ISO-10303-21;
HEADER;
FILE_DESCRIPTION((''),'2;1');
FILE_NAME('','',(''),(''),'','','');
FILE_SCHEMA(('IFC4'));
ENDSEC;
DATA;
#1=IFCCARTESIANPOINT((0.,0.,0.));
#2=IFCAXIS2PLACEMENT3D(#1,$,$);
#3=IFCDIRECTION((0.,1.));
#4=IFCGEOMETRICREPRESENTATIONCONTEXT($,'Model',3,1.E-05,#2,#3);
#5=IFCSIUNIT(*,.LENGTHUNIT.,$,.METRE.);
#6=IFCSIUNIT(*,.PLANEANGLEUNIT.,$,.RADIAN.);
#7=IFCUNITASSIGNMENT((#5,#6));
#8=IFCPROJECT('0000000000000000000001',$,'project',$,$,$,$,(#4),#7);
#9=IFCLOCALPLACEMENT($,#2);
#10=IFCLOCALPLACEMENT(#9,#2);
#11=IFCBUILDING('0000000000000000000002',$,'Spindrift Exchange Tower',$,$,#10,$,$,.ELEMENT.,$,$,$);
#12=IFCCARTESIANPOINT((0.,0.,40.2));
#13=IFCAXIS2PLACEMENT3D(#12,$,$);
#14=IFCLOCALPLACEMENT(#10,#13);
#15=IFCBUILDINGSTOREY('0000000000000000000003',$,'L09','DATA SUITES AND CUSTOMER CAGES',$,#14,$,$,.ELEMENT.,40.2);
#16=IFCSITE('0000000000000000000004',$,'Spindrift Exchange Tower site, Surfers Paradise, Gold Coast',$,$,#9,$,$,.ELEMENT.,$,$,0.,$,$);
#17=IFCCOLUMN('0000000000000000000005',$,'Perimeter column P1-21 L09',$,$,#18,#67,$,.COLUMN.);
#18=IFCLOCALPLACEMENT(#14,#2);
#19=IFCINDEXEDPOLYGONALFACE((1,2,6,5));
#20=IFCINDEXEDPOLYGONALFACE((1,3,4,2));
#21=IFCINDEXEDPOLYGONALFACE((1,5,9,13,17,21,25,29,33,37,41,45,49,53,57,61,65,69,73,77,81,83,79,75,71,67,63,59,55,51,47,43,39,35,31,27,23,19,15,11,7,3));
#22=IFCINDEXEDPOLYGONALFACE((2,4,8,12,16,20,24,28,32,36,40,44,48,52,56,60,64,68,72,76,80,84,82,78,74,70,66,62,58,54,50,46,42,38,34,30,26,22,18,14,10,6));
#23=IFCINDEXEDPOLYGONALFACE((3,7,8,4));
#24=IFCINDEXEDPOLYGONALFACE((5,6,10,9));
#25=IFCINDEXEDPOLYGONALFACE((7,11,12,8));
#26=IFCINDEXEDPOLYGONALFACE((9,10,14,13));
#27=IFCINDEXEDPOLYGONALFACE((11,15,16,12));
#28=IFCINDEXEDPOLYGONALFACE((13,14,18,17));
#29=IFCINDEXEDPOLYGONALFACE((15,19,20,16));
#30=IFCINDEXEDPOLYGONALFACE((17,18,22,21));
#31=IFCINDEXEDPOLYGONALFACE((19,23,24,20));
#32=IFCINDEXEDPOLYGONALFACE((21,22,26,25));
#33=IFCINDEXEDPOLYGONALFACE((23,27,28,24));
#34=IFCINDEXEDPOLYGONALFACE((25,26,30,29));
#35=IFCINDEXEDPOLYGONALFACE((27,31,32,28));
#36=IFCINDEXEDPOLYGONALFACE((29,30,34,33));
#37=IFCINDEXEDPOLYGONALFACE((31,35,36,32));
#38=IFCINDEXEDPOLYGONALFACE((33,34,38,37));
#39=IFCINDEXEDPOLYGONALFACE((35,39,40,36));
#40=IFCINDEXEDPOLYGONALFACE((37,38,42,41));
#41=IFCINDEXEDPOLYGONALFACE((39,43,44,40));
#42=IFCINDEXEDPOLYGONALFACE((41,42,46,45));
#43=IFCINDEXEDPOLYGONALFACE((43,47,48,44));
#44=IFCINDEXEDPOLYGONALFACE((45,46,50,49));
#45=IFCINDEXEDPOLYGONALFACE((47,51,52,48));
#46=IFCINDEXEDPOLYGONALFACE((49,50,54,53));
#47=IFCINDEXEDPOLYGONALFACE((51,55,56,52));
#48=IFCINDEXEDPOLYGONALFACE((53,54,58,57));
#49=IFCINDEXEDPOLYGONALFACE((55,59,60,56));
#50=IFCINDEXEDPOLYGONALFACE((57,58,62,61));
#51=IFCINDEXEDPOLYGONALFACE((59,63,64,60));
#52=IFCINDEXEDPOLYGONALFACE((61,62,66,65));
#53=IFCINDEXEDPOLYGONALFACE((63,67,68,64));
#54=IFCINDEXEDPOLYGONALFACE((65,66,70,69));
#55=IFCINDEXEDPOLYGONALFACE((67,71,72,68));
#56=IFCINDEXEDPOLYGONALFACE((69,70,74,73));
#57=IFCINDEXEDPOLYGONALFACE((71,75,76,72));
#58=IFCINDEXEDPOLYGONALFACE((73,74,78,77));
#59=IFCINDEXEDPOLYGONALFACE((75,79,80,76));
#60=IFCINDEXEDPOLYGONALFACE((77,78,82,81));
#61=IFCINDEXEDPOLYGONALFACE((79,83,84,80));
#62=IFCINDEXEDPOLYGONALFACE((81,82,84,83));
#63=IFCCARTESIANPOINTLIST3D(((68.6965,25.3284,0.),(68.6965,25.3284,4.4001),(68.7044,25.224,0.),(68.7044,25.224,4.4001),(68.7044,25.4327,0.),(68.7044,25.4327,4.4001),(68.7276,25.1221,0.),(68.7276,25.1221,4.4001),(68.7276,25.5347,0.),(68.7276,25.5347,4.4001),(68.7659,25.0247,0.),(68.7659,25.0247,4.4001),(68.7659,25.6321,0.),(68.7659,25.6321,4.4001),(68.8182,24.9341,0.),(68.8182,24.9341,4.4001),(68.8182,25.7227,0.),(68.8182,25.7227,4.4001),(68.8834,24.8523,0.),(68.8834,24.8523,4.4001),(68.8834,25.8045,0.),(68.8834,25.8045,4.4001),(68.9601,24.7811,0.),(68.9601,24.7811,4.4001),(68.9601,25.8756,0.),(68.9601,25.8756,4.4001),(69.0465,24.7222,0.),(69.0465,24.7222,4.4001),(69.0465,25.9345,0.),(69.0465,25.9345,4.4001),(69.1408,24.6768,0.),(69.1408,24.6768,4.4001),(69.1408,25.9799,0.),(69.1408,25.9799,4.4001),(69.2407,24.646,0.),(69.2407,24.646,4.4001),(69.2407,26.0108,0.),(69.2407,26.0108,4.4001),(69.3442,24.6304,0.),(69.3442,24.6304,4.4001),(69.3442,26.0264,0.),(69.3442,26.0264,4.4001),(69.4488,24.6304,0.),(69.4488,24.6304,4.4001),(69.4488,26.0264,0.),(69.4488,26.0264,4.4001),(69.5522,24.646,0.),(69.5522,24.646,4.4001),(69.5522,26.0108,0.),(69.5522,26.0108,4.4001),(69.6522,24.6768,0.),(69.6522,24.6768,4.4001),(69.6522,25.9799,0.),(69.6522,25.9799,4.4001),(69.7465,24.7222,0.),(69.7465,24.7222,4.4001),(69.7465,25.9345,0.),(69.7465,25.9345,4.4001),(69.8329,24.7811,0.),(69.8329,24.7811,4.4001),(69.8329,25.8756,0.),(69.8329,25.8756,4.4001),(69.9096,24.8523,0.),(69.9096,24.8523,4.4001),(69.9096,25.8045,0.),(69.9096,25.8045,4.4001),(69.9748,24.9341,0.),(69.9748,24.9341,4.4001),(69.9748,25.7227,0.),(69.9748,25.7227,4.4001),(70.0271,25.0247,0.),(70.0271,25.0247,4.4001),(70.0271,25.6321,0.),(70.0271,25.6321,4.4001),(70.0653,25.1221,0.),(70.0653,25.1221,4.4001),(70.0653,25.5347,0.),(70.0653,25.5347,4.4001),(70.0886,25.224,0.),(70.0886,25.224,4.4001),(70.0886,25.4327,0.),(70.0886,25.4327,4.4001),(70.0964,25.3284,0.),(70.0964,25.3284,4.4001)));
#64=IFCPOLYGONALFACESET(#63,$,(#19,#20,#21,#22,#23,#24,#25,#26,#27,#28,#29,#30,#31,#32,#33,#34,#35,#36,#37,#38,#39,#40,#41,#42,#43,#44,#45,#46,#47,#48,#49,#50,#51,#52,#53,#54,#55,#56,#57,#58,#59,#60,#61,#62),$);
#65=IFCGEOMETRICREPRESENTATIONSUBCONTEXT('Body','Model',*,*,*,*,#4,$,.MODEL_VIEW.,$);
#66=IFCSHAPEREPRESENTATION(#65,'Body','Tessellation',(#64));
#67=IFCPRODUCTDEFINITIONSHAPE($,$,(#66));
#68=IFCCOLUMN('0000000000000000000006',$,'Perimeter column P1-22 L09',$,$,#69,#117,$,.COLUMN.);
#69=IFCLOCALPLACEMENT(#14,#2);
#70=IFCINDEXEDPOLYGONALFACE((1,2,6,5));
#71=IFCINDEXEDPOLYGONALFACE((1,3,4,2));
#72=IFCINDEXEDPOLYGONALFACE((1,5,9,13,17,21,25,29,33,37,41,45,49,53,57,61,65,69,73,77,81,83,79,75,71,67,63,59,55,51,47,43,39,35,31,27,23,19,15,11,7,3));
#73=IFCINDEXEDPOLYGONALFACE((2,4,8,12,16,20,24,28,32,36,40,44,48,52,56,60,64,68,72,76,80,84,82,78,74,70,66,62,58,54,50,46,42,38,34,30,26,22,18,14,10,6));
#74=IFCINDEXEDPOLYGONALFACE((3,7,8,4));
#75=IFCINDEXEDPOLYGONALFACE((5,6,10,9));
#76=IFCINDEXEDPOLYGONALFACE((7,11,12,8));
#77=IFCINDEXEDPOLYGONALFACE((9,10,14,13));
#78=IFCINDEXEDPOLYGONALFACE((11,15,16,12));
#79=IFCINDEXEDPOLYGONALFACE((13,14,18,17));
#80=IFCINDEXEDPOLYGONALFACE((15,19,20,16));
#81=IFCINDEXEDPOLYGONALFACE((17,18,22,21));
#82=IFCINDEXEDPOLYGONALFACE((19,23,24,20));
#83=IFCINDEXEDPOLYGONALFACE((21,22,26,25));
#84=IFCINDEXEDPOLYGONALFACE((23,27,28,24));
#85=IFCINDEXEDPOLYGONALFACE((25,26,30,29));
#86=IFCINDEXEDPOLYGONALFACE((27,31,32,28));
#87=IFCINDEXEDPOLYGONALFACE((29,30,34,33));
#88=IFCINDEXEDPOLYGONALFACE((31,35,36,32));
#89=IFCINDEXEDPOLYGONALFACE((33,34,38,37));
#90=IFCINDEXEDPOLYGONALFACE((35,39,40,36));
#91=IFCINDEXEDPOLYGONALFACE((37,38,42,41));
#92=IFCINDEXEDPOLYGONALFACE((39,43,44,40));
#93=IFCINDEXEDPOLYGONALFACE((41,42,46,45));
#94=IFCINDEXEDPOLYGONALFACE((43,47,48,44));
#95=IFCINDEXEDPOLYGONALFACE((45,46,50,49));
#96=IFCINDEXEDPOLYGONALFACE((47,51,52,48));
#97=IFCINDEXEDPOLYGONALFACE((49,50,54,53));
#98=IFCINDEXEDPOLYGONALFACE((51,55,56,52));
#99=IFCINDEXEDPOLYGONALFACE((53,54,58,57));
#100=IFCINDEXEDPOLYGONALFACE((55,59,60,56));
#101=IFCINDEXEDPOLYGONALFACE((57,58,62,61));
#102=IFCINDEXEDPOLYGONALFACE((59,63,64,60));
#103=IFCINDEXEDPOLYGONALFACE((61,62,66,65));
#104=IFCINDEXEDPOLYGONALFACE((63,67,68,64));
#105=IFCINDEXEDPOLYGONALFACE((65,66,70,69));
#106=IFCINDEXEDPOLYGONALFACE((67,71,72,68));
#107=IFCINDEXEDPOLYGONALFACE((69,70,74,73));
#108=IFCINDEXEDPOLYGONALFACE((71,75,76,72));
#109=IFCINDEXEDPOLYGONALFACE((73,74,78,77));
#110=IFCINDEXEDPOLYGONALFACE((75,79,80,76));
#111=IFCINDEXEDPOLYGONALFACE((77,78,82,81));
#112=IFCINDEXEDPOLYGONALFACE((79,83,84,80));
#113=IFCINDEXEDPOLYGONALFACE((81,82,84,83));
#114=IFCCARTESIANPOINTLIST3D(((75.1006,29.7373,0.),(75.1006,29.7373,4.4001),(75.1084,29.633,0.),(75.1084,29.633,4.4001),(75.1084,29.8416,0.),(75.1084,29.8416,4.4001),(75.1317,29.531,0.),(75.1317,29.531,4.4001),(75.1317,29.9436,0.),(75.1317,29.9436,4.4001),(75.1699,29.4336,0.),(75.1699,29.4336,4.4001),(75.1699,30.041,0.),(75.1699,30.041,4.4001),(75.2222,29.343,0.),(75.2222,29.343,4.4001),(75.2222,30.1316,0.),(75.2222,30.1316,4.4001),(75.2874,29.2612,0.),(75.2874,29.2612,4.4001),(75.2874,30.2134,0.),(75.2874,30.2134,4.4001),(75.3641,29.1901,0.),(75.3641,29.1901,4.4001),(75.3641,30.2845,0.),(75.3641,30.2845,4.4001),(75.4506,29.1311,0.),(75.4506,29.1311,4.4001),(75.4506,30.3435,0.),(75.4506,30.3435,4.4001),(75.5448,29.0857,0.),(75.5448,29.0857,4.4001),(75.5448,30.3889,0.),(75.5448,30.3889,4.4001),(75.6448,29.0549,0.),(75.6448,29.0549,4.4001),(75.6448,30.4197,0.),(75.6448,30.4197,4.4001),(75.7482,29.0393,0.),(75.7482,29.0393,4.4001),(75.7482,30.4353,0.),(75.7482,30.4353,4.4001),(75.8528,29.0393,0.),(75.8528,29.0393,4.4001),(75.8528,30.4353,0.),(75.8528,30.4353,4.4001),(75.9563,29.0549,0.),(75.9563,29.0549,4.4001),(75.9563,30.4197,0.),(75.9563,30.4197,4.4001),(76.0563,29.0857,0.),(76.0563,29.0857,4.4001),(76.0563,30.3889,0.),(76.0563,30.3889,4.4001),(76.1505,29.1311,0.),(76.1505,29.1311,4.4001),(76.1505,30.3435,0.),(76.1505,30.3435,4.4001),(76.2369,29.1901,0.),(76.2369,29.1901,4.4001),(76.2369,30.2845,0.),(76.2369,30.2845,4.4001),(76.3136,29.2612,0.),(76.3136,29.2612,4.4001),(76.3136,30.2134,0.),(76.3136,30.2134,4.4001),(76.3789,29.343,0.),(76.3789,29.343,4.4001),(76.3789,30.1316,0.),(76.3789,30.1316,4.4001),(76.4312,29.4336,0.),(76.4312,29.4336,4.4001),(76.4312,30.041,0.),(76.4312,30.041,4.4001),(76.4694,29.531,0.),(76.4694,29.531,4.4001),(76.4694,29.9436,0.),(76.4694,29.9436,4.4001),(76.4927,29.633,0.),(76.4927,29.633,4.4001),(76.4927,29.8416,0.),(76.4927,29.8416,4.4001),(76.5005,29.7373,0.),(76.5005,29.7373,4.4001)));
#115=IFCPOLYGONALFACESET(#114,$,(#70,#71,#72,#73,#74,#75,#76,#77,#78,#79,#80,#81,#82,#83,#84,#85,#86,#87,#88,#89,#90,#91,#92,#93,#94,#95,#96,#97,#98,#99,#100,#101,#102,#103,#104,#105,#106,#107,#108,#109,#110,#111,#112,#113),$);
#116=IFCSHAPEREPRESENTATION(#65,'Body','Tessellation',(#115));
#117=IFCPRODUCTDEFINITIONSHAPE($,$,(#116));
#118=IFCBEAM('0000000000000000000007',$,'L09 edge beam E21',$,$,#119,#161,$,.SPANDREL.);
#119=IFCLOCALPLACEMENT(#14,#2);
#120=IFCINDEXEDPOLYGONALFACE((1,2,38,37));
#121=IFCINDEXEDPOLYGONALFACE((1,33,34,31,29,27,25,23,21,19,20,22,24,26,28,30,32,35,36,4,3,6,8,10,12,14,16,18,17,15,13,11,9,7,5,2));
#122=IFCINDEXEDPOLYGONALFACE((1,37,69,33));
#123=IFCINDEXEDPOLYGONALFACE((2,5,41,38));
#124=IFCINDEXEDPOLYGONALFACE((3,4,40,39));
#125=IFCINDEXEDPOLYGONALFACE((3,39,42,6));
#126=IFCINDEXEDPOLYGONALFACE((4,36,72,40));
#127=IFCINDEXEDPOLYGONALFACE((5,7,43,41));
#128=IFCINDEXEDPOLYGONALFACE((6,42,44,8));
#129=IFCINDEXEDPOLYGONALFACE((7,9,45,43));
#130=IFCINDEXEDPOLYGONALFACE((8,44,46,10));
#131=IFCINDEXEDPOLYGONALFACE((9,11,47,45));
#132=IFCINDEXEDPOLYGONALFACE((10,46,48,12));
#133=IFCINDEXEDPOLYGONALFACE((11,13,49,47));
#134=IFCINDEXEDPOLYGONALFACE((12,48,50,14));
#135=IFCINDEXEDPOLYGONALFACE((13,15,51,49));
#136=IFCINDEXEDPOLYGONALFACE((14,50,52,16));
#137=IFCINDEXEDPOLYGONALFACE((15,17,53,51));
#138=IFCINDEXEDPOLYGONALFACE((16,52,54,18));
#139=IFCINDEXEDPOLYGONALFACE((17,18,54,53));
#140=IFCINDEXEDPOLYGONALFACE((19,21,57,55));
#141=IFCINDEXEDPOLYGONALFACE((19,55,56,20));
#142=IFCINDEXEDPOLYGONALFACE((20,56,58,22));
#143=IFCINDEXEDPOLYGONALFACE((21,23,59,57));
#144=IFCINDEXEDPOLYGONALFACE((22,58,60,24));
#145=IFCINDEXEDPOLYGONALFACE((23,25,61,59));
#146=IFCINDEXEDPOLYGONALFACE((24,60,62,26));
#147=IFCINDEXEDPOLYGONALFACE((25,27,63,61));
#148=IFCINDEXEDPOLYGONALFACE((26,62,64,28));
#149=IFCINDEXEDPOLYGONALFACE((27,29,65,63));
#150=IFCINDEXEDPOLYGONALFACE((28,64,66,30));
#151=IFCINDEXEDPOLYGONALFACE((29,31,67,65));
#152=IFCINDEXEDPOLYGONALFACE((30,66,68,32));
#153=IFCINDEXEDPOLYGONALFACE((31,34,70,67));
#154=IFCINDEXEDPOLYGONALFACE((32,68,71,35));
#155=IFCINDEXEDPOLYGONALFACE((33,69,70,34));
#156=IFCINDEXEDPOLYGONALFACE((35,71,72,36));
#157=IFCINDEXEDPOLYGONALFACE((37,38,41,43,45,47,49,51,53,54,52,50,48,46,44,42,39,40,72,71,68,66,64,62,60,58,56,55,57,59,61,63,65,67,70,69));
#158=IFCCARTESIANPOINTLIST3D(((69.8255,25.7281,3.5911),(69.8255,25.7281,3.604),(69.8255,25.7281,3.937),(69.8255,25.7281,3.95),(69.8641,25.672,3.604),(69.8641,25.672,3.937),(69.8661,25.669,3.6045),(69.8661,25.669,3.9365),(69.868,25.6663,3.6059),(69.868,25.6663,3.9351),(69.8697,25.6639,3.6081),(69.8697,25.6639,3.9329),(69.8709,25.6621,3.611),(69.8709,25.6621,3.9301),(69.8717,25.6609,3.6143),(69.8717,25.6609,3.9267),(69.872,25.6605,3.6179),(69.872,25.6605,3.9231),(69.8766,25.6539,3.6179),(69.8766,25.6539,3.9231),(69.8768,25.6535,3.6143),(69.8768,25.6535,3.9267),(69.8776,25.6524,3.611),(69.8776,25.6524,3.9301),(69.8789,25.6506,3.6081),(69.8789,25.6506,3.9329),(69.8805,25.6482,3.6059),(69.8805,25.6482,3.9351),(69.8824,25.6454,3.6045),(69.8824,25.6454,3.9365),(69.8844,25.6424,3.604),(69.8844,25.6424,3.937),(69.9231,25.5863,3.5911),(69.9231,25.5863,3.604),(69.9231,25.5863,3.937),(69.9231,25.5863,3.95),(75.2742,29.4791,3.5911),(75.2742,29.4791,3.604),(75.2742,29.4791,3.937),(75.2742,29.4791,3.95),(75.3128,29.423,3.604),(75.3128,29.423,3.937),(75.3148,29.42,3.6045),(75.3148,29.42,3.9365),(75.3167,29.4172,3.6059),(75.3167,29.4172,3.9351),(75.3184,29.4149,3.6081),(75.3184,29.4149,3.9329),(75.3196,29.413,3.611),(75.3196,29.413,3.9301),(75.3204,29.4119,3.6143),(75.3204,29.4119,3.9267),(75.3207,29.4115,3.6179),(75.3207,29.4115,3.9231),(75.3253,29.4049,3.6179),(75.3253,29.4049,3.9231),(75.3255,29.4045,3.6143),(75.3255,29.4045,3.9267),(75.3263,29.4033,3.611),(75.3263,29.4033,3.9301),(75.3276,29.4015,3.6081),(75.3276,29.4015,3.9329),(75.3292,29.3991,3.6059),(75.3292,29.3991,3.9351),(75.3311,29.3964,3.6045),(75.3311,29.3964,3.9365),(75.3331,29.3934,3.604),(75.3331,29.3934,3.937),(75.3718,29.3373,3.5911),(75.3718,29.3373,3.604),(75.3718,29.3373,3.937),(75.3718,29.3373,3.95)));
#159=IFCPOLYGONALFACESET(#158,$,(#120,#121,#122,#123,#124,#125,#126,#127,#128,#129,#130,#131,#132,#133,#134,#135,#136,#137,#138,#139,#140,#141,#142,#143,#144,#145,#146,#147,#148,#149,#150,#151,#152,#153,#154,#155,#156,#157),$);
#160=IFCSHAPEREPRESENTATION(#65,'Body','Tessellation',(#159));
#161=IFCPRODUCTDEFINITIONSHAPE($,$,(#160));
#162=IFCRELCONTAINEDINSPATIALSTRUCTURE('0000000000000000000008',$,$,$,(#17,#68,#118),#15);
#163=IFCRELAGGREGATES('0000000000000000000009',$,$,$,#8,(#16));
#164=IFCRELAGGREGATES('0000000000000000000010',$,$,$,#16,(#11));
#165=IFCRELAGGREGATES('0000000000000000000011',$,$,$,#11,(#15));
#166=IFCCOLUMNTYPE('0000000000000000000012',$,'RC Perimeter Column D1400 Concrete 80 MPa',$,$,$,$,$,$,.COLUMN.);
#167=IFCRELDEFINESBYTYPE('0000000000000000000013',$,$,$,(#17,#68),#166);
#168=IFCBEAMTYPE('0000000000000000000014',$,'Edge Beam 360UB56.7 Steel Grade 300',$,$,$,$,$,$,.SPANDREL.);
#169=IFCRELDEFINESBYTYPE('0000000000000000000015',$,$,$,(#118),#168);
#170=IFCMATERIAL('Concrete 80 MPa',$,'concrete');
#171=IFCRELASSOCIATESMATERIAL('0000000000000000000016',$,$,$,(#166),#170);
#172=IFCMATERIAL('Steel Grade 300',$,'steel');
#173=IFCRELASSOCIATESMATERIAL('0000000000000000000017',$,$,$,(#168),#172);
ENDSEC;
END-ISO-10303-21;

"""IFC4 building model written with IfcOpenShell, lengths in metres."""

from ifc_helpers import new_model, si_unit, direction, frame, origin, origin_2d, place, context, subcontext, project, spatial, circle, i_section, extrude, source, transform, mapped, material, material_profile, profile_set, type_object, element, save


model = new_model("IFC4")

# Units and contexts
model_context = context("Model", 3, precision=1e-05, world=origin(), true_north=direction((0.0, 1.0)))
body_context = subcontext(model_context, "Body", "Model", "MODEL_VIEW")
ifc_project = project(units=[si_unit("LENGTHUNIT", "METRE"), si_unit("PLANEANGLEUNIT", "RADIAN")], contexts=[model_context])

# Site, building, storey
site_placement = place(None, origin())
site = spatial("IfcSite", under=ifc_project, at=site_placement, Name="Spindrift Exchange Tower site, Surfers Paradise, Gold Coast", CompositionType="ELEMENT", RefElevation=0.0)
building_placement = place(site_placement, origin())
building = spatial("IfcBuilding", under=site, at=building_placement, Name="Spindrift Exchange Tower", CompositionType="ELEMENT")
storey_placement = place(building_placement, frame((0.0, 0.0, 40.2)))
storey = spatial("IfcBuildingStorey", under=building, at=storey_placement, Name="L09", Description="DATA SUITES AND CUSTOMER CAGES", CompositionType="ELEMENT", Elevation=40.2)

# Columns
ifc_material_1 = material(Name="Concrete 80 MPa", Category="concrete")
ifc_material_profile_1 = material_profile(ifc_material_1, circle(Radius=0.7, at=origin_2d()), Name="RC D1400")
ifc_profile_set_1 = profile_set([ifc_material_profile_1], Name="Concrete 80 MPa")
column_type = type_object("IfcColumnType", Name="RC Perimeter Column D1400 Concrete 80 MPa", PredefinedType="COLUMN", material=ifc_profile_set_1)
shared_shape_1 = source(origin(), body_context, "Body", "SweptSolid", [
    extrude(circle(Radius=0.7, at=origin_2d()), origin(), (0.0, 0.0, 1.0), 4.4001),
])
for number, where, z_axis, x_axis, name in (
    (1, (69.3965, 25.3284, 0.0), (0.0, 0.0, 1.0), (1.0, 0.0, 0.0), "Perimeter column P1-21 L09"),
    (2, (75.8005, 29.7373, 0.0), (0.0, 0.0, 1.0), (1.0, 0.0, 0.0), "Perimeter column P1-22 L09"),
):
    element("IfcColumn", number, at=place(storey_placement, frame(where, z_axis=z_axis, x_axis=x_axis)), inside=storey, type_object=column_type, Name=name, PredefinedType="COLUMN", context=body_context, shape_type="MappedRepresentation", body=[
        mapped(shared_shape_1, transform((0.0, 0.0, 0.0), scale=1.0)),
    ])

# Beam
ifc_material_2 = material(Name="Steel Grade 300", Category="steel")
ifc_material_profile_2 = material_profile(ifc_material_2, i_section(OverallWidth=0.1721, OverallDepth=0.3589, WebThickness=0.0081, FlangeThickness=0.0129, FilletRadius=0.0139, at=origin_2d()), Name="360UB56.7")
ifc_profile_set_2 = profile_set([ifc_material_profile_2], Name="Steel Grade 300")
beam_type_1 = type_object("IfcBeamType", Name="Edge Beam 360UB56.7 Steel Grade 300", PredefinedType="SPANDREL", material=ifc_profile_set_2)
shared_shape_2 = source(origin(), body_context, "Body", "SweptSolid", [
    extrude(i_section(OverallWidth=0.1721, OverallDepth=0.3589, WebThickness=0.0081, FlangeThickness=0.0129, FilletRadius=0.0139, at=origin_2d()), origin(), (0.0, 0.0, 1.0), 6.615),
])
beam_1_placement = place(storey_placement, frame((69.8743, 25.6572, 3.7705), z_axis=(0.823691, 0.567039, 0.0), x_axis=(-0.567039, 0.823691, 0.0)))
element("IfcBeam", 3, at=beam_1_placement, inside=storey, type_object=beam_type_1, Name="L09 edge beam E21", PredefinedType="SPANDREL", context=body_context, shape_type="MappedRepresentation", body=[
    mapped(shared_shape_2, transform((0.0, 0.0, 0.0), scale=1.0)),
])

save(model, "model.ifc")
